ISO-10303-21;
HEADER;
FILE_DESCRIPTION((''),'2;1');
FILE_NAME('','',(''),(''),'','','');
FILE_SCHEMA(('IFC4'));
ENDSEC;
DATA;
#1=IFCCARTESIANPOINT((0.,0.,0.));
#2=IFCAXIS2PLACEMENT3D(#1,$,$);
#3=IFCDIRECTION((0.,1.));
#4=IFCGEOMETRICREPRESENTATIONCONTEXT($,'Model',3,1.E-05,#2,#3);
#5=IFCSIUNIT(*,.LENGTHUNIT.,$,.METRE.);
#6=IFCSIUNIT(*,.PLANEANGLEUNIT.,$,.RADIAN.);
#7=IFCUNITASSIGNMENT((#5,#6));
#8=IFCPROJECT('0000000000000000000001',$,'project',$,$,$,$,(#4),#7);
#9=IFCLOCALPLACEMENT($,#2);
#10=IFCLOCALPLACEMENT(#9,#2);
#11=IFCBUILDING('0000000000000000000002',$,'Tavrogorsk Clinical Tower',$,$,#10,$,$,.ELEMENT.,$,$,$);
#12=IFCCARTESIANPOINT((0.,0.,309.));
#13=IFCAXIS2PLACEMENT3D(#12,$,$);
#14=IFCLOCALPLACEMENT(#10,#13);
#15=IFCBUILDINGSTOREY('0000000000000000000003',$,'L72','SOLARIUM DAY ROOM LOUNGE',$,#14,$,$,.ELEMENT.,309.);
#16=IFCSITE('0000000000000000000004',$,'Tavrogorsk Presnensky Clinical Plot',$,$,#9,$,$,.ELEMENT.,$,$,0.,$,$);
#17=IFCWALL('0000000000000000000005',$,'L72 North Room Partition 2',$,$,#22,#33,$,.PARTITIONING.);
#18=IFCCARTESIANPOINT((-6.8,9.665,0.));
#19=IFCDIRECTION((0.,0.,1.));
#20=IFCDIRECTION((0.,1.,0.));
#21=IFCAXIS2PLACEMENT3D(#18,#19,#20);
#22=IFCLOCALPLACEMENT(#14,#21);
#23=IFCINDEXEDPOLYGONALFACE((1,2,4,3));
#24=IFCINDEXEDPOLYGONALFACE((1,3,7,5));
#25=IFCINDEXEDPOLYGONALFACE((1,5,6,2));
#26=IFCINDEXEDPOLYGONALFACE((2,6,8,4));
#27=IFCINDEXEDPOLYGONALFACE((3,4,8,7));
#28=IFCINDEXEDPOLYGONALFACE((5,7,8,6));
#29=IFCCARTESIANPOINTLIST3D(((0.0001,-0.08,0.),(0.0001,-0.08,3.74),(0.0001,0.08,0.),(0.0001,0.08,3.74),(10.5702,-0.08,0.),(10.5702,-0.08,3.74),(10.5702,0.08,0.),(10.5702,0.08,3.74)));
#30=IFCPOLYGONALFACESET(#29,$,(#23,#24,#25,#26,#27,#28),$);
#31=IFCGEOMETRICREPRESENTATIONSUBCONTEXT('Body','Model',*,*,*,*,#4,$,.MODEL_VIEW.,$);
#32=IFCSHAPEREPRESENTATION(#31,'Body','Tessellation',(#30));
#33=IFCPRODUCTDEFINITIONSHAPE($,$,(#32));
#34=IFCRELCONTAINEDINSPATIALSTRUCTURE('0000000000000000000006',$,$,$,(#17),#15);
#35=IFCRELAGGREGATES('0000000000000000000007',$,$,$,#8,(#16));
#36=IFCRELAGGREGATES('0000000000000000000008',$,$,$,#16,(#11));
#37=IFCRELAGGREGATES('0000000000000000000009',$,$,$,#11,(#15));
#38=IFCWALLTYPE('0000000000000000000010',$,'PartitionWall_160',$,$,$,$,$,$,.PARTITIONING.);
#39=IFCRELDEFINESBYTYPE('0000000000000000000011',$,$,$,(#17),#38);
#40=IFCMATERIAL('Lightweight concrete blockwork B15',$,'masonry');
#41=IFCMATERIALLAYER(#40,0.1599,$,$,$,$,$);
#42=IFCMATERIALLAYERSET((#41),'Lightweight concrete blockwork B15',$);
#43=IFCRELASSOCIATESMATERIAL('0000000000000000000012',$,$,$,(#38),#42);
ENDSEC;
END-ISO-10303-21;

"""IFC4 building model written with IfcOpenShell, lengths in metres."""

from ifc_helpers import new_model, si_unit, direction, frame, frame_2d, origin, place, context, subcontext, project, spatial, rectangle, extrude, material, layer, layer_set, type_object, element, save


model = new_model("IFC4")

# Units and contexts
model_context = context("Model", 3, precision=1e-05, world=origin(), true_north=direction((0.0, 1.0)))
body_context = subcontext(model_context, "Body", "Model", "MODEL_VIEW")
ifc_project = project(units=[si_unit("LENGTHUNIT", "METRE"), si_unit("PLANEANGLEUNIT", "RADIAN")], contexts=[model_context])

# Site, building, storey
site_placement = place(None, origin())
site = spatial("IfcSite", under=ifc_project, at=site_placement, Name="Tavrogorsk Presnensky Clinical Plot", CompositionType="ELEMENT", RefElevation=0.0)
building_placement = place(site_placement, origin())
building = spatial("IfcBuilding", under=site, at=building_placement, Name="Tavrogorsk Clinical Tower", CompositionType="ELEMENT")
storey_placement = place(building_placement, frame((0.0, 0.0, 309.0)))
storey = spatial("IfcBuildingStorey", under=building, at=storey_placement, Name="L72", Description="SOLARIUM DAY ROOM LOUNGE", CompositionType="ELEMENT", Elevation=309.0)

# Wall
ifc_material_1 = material(Name="Lightweight concrete blockwork B15", Category="masonry")
ifc_layer_1 = layer(ifc_material_1, 0.1599)
ifc_layer_set_1 = layer_set([ifc_layer_1], Name="Lightweight concrete blockwork B15")
wall_type = type_object("IfcWallType", Name="PartitionWall_160", PredefinedType="PARTITIONING", material=ifc_layer_set_1)
wall_1_placement = place(storey_placement, frame((-6.8, 9.665, 0.0), z_axis=(0.0, 0.0, 1.0), x_axis=(0.0, 1.0, 0.0)))
element("IfcWall", 1, at=wall_1_placement, inside=storey, type_object=wall_type, Name="L72 North Room Partition 2", PredefinedType="PARTITIONING", context=body_context, shape_type="SweptSolid", body=[
    extrude(rectangle(XDim=10.5701, YDim=0.1599, at=frame_2d((5.2852, 0.0))), origin(), (0.0, 0.0, 1.0), 3.74),
])

save(model, "model.ifc")
